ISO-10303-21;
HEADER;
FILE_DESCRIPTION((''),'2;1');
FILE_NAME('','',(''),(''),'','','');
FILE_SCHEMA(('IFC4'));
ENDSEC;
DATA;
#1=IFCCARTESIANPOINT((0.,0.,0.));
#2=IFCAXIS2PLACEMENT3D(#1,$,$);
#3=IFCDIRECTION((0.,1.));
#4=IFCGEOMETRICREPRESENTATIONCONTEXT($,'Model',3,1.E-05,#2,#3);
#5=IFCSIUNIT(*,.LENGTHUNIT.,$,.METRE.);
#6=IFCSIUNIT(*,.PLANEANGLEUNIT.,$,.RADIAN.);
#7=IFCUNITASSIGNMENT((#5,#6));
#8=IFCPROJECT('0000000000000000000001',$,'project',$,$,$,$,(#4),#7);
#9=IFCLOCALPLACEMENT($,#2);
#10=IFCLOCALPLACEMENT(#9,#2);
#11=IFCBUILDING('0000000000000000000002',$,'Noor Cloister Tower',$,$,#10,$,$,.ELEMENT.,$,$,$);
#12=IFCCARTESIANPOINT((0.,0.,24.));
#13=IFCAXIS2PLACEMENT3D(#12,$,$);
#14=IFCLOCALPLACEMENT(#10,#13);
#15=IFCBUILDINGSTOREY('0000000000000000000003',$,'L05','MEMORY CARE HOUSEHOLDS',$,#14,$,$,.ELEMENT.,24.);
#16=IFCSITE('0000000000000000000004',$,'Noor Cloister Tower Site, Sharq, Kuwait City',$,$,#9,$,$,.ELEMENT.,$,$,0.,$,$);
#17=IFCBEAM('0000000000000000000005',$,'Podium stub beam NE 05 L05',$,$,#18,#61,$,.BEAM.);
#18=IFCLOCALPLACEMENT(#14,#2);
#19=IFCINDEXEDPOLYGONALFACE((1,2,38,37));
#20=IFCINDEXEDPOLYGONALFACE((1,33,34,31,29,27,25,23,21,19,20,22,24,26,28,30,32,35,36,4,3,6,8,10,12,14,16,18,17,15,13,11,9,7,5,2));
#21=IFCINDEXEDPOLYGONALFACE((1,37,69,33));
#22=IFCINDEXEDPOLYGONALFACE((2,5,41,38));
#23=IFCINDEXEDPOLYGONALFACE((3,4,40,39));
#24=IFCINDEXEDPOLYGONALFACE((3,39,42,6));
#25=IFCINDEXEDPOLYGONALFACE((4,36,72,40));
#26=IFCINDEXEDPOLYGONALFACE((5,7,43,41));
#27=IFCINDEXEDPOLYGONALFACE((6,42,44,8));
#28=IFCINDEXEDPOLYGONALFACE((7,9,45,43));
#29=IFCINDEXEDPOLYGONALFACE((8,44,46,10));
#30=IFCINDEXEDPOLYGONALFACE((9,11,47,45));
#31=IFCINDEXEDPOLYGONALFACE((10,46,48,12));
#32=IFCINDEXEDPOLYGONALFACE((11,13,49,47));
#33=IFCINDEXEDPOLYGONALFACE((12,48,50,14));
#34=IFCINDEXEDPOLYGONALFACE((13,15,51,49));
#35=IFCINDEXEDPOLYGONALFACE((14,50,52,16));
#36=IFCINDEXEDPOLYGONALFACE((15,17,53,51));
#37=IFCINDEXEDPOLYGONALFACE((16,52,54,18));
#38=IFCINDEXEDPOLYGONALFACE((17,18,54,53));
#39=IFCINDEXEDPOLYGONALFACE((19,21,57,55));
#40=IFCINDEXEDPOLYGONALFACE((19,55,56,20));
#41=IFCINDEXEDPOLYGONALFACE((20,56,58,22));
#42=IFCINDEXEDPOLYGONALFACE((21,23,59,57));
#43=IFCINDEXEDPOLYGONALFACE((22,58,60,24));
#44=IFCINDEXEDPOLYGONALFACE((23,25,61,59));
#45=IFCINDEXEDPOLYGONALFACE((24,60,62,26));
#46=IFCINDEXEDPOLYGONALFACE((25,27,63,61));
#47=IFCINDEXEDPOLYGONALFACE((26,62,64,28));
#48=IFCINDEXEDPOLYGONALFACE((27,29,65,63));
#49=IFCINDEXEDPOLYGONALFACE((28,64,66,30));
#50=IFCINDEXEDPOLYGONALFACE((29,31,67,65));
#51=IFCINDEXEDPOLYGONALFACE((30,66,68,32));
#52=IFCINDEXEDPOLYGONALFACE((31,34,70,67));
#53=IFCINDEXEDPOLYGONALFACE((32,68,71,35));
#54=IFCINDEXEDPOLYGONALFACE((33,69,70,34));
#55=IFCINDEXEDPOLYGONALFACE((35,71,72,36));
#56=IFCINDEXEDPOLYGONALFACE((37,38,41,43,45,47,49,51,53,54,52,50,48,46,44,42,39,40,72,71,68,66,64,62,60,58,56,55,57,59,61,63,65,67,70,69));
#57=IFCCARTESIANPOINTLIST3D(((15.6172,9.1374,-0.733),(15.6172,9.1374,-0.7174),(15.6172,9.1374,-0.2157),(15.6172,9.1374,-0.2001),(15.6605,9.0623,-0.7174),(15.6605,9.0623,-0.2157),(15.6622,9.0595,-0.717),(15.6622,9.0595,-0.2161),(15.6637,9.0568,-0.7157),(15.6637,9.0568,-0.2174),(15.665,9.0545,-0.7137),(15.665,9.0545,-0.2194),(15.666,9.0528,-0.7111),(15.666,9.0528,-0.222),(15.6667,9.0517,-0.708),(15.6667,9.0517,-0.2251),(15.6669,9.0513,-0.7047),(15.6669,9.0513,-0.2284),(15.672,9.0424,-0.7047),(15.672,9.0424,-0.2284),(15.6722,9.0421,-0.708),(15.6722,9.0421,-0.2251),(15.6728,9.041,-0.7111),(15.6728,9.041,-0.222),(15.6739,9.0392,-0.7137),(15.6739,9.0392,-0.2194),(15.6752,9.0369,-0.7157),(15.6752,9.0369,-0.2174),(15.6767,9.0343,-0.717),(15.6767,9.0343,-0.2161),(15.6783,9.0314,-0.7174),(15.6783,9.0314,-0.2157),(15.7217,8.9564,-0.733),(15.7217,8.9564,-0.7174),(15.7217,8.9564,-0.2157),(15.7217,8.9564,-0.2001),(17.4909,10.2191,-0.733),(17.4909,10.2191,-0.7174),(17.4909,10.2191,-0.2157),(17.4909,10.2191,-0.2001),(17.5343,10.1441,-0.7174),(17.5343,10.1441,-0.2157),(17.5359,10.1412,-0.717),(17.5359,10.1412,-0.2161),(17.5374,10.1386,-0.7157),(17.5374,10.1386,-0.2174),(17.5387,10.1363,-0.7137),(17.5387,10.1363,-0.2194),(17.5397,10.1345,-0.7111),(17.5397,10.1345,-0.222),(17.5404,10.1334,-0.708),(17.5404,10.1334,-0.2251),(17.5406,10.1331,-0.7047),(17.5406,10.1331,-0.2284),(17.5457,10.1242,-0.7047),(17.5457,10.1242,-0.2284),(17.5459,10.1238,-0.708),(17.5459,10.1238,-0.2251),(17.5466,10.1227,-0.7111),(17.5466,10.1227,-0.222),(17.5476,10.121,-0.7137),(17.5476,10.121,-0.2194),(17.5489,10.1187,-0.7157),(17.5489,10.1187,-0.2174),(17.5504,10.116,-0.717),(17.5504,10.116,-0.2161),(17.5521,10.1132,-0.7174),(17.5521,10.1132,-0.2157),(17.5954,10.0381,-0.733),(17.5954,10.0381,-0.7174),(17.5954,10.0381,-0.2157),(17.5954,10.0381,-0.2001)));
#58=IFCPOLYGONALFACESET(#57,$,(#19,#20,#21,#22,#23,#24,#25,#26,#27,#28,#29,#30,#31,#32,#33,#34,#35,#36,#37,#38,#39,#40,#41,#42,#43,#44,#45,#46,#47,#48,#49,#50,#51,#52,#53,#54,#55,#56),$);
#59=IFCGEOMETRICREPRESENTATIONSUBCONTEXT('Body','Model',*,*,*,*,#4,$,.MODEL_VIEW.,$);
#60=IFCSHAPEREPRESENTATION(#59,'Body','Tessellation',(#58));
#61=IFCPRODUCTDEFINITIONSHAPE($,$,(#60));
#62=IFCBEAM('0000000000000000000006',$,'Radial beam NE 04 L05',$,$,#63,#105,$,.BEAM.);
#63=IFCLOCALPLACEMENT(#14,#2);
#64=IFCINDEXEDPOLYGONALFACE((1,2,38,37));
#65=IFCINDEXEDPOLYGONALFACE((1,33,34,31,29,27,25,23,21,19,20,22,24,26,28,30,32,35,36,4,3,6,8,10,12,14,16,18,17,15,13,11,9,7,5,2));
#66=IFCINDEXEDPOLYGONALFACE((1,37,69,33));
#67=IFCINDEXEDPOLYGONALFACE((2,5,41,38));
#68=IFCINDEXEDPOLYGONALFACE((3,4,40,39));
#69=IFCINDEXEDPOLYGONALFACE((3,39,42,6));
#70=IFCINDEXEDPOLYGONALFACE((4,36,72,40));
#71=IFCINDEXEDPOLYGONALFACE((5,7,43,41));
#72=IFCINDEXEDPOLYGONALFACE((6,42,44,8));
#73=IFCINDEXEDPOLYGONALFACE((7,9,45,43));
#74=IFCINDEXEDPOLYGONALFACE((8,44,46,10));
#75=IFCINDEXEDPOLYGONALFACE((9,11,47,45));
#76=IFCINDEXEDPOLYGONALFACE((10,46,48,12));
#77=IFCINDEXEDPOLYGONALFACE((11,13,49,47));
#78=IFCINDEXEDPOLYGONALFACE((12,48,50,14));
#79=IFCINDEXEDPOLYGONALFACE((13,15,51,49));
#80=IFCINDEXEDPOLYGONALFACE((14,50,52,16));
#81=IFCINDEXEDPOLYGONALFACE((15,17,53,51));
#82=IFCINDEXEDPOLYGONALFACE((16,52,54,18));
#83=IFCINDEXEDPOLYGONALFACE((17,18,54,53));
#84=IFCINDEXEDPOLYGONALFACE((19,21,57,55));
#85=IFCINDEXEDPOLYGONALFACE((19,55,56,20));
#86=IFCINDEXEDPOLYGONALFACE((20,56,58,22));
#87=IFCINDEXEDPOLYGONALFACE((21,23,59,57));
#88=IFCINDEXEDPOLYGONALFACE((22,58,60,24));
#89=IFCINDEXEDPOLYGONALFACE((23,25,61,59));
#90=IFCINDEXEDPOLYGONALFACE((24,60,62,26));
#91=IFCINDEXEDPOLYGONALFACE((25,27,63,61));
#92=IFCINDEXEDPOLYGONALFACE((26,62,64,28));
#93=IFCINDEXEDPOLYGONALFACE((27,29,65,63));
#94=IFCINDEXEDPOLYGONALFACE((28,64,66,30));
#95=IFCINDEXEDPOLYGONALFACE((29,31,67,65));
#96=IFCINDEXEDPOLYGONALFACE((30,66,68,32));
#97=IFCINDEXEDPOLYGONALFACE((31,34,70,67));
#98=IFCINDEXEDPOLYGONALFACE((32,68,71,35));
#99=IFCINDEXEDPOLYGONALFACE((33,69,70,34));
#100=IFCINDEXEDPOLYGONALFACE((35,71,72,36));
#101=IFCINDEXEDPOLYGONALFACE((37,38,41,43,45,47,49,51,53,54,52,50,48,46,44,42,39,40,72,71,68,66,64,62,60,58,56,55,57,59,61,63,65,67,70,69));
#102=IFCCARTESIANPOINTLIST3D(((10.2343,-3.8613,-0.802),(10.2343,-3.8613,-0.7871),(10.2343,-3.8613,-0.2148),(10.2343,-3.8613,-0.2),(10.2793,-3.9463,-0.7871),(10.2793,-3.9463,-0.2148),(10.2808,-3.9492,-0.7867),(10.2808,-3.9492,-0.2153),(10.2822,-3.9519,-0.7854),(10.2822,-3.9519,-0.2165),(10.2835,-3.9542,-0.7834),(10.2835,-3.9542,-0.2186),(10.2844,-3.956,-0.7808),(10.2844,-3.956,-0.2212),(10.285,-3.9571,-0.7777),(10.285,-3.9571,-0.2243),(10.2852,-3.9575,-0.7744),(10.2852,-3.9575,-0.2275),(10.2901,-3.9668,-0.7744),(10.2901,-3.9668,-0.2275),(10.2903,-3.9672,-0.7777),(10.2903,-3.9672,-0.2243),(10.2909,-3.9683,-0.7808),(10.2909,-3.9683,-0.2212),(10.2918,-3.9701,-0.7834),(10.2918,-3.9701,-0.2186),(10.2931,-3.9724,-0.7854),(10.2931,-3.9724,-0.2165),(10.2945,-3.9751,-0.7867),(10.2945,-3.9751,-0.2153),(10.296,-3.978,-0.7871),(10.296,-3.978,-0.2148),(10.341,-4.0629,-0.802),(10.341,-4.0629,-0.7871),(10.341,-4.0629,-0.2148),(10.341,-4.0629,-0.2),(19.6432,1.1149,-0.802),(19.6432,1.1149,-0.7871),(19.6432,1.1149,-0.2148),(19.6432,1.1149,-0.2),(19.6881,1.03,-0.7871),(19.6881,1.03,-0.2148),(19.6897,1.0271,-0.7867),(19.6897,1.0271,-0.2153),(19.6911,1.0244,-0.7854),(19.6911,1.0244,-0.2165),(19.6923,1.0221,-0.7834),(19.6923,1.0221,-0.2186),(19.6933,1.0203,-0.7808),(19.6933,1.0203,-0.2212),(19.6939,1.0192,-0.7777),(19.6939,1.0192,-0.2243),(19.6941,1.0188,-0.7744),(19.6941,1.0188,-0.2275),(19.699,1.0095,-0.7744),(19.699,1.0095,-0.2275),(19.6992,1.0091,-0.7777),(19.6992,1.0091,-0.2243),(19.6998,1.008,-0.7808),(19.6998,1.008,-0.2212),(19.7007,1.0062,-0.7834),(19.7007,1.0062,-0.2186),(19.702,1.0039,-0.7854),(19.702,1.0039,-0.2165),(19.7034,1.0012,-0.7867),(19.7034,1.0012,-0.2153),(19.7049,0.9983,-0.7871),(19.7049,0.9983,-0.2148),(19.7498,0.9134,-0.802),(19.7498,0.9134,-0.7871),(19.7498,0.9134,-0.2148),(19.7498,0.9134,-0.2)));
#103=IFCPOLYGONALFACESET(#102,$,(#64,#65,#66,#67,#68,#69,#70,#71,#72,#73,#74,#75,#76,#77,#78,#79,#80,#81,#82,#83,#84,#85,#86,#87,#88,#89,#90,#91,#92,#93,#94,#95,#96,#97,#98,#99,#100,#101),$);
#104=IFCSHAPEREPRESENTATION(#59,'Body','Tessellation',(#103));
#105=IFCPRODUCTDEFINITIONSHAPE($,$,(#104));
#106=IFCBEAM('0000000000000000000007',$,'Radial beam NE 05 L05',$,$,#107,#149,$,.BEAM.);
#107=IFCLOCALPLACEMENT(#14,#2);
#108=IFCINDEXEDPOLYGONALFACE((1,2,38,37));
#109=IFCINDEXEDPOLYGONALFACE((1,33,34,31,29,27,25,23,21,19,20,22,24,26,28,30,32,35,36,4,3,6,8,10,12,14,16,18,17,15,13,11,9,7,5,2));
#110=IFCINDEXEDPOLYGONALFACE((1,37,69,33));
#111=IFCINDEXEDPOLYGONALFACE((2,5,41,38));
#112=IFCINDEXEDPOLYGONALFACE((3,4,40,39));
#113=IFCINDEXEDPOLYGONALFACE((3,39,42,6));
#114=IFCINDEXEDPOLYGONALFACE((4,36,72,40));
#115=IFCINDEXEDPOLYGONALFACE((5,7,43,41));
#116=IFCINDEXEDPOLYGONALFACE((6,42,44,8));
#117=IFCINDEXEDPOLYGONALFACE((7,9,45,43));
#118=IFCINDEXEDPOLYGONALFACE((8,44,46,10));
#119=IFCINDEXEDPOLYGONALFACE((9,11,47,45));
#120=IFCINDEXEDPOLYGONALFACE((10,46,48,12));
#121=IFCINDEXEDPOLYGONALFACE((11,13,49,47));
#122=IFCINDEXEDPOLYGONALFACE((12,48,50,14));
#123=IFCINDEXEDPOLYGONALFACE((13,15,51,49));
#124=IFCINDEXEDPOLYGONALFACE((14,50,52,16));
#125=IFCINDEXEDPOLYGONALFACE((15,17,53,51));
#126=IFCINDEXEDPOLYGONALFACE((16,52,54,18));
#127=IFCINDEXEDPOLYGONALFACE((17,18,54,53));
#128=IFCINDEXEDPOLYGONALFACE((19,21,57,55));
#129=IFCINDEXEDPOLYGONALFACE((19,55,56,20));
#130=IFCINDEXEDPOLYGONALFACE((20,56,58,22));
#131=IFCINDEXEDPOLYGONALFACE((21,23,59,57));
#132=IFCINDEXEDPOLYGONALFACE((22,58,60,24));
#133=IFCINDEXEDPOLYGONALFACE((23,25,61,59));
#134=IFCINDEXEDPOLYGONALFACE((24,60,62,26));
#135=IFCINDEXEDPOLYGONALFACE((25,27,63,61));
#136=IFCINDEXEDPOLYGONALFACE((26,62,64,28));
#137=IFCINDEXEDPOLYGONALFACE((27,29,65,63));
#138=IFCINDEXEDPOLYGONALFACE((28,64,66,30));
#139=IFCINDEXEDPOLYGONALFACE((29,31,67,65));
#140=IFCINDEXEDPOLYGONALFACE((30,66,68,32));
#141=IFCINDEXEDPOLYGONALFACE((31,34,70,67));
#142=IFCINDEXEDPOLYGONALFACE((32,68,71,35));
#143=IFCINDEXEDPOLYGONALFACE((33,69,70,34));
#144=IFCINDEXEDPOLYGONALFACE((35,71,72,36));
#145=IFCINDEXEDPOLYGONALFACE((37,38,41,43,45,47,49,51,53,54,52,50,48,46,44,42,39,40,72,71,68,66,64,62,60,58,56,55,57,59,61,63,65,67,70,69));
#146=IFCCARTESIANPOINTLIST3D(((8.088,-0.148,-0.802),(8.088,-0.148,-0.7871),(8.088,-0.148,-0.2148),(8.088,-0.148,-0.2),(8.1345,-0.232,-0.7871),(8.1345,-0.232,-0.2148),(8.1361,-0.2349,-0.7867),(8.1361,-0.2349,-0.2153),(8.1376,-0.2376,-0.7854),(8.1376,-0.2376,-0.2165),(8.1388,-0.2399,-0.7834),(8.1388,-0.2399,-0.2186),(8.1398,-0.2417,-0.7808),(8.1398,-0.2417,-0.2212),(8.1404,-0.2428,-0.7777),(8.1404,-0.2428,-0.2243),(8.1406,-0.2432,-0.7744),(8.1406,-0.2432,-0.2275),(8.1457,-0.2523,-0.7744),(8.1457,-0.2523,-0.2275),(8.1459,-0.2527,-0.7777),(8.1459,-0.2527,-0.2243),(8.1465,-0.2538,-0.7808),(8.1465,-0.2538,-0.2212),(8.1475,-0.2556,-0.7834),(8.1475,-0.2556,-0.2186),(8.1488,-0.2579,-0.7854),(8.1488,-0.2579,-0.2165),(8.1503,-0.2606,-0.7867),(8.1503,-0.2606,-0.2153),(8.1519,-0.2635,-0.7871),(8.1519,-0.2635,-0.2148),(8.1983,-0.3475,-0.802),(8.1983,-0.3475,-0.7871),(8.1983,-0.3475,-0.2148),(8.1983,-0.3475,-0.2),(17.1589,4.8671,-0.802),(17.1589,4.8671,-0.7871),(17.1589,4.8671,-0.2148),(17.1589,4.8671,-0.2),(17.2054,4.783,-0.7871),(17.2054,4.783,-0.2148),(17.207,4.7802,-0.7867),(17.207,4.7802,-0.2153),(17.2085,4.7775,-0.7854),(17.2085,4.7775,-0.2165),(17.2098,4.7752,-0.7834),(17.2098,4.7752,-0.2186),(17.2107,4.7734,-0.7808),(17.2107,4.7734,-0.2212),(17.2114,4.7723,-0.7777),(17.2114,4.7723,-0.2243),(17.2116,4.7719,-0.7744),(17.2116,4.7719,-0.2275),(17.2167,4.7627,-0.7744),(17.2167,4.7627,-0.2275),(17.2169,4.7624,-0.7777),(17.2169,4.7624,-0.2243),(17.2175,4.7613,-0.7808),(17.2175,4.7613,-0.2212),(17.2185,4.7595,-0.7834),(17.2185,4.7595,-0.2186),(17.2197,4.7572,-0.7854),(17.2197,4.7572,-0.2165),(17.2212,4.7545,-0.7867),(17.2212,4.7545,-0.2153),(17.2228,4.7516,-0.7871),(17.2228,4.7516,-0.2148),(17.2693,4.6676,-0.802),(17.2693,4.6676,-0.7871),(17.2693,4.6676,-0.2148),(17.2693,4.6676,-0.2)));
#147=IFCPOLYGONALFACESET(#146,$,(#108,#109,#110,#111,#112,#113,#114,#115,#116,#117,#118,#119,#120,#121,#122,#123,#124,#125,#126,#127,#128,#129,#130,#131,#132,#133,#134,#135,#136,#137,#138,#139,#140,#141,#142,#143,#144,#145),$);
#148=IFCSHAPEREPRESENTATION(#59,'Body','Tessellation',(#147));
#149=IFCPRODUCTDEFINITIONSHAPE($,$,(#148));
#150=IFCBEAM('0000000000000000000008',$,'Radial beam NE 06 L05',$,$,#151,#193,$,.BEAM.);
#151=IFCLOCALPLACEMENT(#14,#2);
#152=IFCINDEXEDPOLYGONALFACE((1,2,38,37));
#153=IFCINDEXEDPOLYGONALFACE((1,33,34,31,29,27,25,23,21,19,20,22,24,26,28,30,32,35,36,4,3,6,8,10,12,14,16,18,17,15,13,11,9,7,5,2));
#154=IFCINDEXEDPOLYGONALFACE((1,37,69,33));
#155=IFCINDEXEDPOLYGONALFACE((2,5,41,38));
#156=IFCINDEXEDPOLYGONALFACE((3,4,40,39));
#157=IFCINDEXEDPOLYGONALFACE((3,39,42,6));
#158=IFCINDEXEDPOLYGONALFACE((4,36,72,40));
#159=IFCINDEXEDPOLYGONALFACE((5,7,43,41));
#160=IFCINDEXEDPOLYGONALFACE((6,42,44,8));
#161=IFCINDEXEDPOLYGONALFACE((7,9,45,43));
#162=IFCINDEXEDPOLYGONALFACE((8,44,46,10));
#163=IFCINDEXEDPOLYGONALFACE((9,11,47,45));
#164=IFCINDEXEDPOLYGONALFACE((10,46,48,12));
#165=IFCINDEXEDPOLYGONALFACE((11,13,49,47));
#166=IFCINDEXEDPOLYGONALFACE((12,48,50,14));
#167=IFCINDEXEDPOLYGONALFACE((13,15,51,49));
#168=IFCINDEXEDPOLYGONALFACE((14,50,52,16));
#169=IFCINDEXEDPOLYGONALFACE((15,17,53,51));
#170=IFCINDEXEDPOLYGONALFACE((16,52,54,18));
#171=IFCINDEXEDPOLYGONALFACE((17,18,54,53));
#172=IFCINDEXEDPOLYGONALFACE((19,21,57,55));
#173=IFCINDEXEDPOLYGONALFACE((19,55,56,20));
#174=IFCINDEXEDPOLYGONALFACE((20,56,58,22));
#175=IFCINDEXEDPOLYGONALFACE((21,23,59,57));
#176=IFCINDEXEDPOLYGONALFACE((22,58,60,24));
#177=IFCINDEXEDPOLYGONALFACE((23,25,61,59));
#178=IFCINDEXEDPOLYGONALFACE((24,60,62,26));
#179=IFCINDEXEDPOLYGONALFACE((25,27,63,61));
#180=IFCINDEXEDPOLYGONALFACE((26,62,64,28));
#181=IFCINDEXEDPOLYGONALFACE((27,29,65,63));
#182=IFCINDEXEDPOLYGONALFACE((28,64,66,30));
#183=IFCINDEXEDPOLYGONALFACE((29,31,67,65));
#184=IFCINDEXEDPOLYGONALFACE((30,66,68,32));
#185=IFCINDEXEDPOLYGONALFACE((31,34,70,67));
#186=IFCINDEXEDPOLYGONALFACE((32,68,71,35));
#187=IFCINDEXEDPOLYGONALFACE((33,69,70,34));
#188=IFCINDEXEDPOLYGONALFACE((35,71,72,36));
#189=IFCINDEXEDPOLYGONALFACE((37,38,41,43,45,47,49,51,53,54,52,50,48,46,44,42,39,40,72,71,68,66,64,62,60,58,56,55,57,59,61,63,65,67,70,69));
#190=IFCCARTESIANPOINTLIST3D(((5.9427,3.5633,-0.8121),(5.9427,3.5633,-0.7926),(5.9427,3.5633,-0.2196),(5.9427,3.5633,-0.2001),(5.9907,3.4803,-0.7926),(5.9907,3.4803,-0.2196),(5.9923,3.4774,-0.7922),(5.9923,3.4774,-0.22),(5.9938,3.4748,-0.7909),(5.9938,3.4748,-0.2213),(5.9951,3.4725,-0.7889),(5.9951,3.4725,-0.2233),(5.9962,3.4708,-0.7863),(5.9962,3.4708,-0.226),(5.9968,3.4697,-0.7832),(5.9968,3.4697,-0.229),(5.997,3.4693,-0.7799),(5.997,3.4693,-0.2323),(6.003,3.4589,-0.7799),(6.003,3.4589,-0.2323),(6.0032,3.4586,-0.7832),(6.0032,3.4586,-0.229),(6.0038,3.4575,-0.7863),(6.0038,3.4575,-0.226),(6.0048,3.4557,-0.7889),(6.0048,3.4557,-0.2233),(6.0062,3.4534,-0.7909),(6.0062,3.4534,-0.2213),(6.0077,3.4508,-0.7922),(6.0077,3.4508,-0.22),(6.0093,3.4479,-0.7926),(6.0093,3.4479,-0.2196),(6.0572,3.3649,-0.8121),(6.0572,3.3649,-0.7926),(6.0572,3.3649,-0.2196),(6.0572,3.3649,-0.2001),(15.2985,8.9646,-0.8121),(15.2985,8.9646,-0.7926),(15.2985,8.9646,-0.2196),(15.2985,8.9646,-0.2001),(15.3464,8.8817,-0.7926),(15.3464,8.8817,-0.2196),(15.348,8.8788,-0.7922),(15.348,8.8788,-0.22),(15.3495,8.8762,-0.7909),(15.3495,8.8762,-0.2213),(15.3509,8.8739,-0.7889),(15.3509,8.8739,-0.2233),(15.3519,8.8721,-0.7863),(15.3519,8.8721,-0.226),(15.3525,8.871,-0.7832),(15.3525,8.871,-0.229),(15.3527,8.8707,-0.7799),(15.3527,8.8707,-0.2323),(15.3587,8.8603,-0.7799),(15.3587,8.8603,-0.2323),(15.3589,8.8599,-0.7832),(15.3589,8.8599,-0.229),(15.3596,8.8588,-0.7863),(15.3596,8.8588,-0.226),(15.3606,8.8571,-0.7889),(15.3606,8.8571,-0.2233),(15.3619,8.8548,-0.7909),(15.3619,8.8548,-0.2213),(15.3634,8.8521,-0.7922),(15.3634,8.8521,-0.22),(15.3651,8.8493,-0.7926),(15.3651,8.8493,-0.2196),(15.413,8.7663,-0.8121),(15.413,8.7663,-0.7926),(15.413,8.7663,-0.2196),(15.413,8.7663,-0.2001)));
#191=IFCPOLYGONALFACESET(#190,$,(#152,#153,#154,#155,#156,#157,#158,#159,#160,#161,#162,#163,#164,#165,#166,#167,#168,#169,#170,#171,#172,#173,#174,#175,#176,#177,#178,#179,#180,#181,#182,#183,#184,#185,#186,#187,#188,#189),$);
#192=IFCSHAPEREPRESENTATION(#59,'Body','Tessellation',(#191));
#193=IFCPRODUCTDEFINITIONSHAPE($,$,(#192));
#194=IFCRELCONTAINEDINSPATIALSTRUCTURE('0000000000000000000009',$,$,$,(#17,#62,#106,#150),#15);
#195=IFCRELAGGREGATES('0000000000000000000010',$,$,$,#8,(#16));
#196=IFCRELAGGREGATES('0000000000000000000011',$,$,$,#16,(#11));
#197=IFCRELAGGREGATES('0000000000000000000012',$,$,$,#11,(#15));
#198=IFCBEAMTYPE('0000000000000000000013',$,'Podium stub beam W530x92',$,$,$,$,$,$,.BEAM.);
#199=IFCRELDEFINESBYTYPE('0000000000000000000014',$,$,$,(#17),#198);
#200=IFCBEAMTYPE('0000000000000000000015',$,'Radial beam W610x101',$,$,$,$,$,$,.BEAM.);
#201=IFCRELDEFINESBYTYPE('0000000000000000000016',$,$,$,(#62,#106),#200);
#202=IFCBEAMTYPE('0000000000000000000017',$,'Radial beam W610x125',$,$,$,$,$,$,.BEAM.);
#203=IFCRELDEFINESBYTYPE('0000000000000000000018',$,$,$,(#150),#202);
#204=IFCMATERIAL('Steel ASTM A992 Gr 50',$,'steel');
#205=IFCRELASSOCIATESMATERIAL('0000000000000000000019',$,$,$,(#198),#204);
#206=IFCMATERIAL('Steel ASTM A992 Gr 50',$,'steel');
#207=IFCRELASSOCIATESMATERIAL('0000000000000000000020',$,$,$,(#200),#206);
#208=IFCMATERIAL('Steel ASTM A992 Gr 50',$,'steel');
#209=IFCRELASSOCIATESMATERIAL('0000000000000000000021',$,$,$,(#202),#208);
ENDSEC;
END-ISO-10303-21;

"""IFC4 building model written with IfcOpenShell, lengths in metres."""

from ifc_helpers import new_model, si_unit, direction, frame, origin, origin_2d, place, context, subcontext, project, spatial, i_section, extrude, material, material_profile, profile_set, type_object, element, save


model = new_model("IFC4")

# Units and contexts
model_context = context("Model", 3, precision=1e-05, world=origin(), true_north=direction((0.0, 1.0)))
body_context = subcontext(model_context, "Body", "Model", "MODEL_VIEW")
ifc_project = project(units=[si_unit("LENGTHUNIT", "METRE"), si_unit("PLANEANGLEUNIT", "RADIAN")], contexts=[model_context])

# Site, building, storey
site_placement = place(None, origin())
site = spatial("IfcSite", under=ifc_project, at=site_placement, Name="Noor Cloister Tower Site, Sharq, Kuwait City", CompositionType="ELEMENT", RefElevation=0.0)
building_placement = place(site_placement, origin())
building = spatial("IfcBuilding", under=site, at=building_placement, Name="Noor Cloister Tower", CompositionType="ELEMENT")
storey_placement = place(building_placement, frame((0.0, 0.0, 24.0)))
storey = spatial("IfcBuildingStorey", under=building, at=storey_placement, Name="L05", Description="MEMORY CARE HOUSEHOLDS", CompositionType="ELEMENT", Elevation=24.0)

# Beams
ifc_material_1 = material(Name="Steel ASTM A992 Gr 50", Category="steel")
ifc_material_profile_1 = material_profile(ifc_material_1, i_section(OverallWidth=0.209, OverallDepth=0.533, WebThickness=0.0103, FlangeThickness=0.0156, FilletRadius=0.0127, at=origin_2d()), Name="W530x92")
ifc_profile_set_1 = profile_set([ifc_material_profile_1], Name="Steel ASTM A992 Gr 50")
beam_type_1 = type_object("IfcBeamType", Name="Podium stub beam W530x92", PredefinedType="BEAM", material=ifc_profile_set_1)
beam_1_placement = place(storey_placement, frame((15.6694, 9.0469, -0.4666), z_axis=(0.866033, 0.499986, 0.0), x_axis=(-0.499986, 0.866033, 0.0)))
element("IfcBeam", 1, at=beam_1_placement, inside=storey, type_object=beam_type_1, Name="Podium stub beam NE 05 L05", PredefinedType="BEAM", context=body_context, shape_type="SweptSolid", body=[
    extrude(i_section(OverallWidth=0.209, OverallDepth=0.533, WebThickness=0.0103, FlangeThickness=0.0156, FilletRadius=0.0127, at=origin_2d()), origin(), (0.0, 0.0, 1.0), 2.1636),
])
ifc_material_2 = material(Name="Steel ASTM A992 Gr 50", Category="steel")
ifc_material_profile_2 = material_profile(ifc_material_2, i_section(OverallWidth=0.228, OverallDepth=0.6021, WebThickness=0.0105, FlangeThickness=0.0149, FilletRadius=0.0127, at=origin_2d()), Name="W610x101")
ifc_profile_set_2 = profile_set([ifc_material_profile_2], Name="Steel ASTM A992 Gr 50")
beam_type_2 = type_object("IfcBeamType", Name="Radial beam W610x101", PredefinedType="BEAM", material=ifc_profile_set_2)
beam_2_placement = place(storey_placement, frame((19.6965, 1.0142, -0.501), z_axis=(-0.883978, -0.467529, 0.0), x_axis=(0.467529, -0.883978, 0.0)))
element("IfcBeam", 2, at=beam_2_placement, inside=storey, type_object=beam_type_2, Name="Radial beam NE 04 L05", PredefinedType="BEAM", context=body_context, shape_type="SweptSolid", body=[
    extrude(i_section(OverallWidth=0.228, OverallDepth=0.6021, WebThickness=0.0105, FlangeThickness=0.0149, FilletRadius=0.0127, at=origin_2d()), origin(), (0.0, 0.0, 1.0), 10.6438),
])
beam_3_placement = place(storey_placement, frame((17.2141, 4.7673, -0.501), z_axis=(-0.875152, -0.483848, 0.0), x_axis=(0.483848, -0.875152, 0.0)))
element("IfcBeam", 3, at=beam_3_placement, inside=storey, type_object=beam_type_2, Name="Radial beam NE 05 L05", PredefinedType="BEAM", context=body_context, shape_type="SweptSolid", body=[
    extrude(i_section(OverallWidth=0.228, OverallDepth=0.6021, WebThickness=0.0105, FlangeThickness=0.0149, FilletRadius=0.0127, at=origin_2d()), origin(), (0.0, 0.0, 1.0), 10.365),
])
ifc_material_3 = material(Name="Steel ASTM A992 Gr 50", Category="steel")
ifc_material_profile_3 = material_profile(ifc_material_3, i_section(OverallWidth=0.229, OverallDepth=0.6121, WebThickness=0.012, FlangeThickness=0.0195, FilletRadius=0.0127, at=origin_2d()), Name="W610x125")
ifc_profile_set_3 = profile_set([ifc_material_profile_3], Name="Steel ASTM A992 Gr 50")
beam_type_3 = type_object("IfcBeamType", Name="Radial beam W610x125", PredefinedType="BEAM", material=ifc_profile_set_3)
beam_4_placement = place(storey_placement, frame((15.3557, 8.8655, -0.5061), z_axis=(-0.866032, -0.499989, 0.0), x_axis=(0.499989, -0.866032, 0.0)))
element("IfcBeam", 4, at=beam_4_placement, inside=storey, type_object=beam_type_3, Name="Radial beam NE 06 L05", PredefinedType="BEAM", context=body_context, shape_type="SweptSolid", body=[
    extrude(i_section(OverallWidth=0.229, OverallDepth=0.6121, WebThickness=0.012, FlangeThickness=0.0195, FilletRadius=0.0127, at=origin_2d()), origin(), (0.0, 0.0, 1.0), 10.803),
])

save(model, "model.ifc")
